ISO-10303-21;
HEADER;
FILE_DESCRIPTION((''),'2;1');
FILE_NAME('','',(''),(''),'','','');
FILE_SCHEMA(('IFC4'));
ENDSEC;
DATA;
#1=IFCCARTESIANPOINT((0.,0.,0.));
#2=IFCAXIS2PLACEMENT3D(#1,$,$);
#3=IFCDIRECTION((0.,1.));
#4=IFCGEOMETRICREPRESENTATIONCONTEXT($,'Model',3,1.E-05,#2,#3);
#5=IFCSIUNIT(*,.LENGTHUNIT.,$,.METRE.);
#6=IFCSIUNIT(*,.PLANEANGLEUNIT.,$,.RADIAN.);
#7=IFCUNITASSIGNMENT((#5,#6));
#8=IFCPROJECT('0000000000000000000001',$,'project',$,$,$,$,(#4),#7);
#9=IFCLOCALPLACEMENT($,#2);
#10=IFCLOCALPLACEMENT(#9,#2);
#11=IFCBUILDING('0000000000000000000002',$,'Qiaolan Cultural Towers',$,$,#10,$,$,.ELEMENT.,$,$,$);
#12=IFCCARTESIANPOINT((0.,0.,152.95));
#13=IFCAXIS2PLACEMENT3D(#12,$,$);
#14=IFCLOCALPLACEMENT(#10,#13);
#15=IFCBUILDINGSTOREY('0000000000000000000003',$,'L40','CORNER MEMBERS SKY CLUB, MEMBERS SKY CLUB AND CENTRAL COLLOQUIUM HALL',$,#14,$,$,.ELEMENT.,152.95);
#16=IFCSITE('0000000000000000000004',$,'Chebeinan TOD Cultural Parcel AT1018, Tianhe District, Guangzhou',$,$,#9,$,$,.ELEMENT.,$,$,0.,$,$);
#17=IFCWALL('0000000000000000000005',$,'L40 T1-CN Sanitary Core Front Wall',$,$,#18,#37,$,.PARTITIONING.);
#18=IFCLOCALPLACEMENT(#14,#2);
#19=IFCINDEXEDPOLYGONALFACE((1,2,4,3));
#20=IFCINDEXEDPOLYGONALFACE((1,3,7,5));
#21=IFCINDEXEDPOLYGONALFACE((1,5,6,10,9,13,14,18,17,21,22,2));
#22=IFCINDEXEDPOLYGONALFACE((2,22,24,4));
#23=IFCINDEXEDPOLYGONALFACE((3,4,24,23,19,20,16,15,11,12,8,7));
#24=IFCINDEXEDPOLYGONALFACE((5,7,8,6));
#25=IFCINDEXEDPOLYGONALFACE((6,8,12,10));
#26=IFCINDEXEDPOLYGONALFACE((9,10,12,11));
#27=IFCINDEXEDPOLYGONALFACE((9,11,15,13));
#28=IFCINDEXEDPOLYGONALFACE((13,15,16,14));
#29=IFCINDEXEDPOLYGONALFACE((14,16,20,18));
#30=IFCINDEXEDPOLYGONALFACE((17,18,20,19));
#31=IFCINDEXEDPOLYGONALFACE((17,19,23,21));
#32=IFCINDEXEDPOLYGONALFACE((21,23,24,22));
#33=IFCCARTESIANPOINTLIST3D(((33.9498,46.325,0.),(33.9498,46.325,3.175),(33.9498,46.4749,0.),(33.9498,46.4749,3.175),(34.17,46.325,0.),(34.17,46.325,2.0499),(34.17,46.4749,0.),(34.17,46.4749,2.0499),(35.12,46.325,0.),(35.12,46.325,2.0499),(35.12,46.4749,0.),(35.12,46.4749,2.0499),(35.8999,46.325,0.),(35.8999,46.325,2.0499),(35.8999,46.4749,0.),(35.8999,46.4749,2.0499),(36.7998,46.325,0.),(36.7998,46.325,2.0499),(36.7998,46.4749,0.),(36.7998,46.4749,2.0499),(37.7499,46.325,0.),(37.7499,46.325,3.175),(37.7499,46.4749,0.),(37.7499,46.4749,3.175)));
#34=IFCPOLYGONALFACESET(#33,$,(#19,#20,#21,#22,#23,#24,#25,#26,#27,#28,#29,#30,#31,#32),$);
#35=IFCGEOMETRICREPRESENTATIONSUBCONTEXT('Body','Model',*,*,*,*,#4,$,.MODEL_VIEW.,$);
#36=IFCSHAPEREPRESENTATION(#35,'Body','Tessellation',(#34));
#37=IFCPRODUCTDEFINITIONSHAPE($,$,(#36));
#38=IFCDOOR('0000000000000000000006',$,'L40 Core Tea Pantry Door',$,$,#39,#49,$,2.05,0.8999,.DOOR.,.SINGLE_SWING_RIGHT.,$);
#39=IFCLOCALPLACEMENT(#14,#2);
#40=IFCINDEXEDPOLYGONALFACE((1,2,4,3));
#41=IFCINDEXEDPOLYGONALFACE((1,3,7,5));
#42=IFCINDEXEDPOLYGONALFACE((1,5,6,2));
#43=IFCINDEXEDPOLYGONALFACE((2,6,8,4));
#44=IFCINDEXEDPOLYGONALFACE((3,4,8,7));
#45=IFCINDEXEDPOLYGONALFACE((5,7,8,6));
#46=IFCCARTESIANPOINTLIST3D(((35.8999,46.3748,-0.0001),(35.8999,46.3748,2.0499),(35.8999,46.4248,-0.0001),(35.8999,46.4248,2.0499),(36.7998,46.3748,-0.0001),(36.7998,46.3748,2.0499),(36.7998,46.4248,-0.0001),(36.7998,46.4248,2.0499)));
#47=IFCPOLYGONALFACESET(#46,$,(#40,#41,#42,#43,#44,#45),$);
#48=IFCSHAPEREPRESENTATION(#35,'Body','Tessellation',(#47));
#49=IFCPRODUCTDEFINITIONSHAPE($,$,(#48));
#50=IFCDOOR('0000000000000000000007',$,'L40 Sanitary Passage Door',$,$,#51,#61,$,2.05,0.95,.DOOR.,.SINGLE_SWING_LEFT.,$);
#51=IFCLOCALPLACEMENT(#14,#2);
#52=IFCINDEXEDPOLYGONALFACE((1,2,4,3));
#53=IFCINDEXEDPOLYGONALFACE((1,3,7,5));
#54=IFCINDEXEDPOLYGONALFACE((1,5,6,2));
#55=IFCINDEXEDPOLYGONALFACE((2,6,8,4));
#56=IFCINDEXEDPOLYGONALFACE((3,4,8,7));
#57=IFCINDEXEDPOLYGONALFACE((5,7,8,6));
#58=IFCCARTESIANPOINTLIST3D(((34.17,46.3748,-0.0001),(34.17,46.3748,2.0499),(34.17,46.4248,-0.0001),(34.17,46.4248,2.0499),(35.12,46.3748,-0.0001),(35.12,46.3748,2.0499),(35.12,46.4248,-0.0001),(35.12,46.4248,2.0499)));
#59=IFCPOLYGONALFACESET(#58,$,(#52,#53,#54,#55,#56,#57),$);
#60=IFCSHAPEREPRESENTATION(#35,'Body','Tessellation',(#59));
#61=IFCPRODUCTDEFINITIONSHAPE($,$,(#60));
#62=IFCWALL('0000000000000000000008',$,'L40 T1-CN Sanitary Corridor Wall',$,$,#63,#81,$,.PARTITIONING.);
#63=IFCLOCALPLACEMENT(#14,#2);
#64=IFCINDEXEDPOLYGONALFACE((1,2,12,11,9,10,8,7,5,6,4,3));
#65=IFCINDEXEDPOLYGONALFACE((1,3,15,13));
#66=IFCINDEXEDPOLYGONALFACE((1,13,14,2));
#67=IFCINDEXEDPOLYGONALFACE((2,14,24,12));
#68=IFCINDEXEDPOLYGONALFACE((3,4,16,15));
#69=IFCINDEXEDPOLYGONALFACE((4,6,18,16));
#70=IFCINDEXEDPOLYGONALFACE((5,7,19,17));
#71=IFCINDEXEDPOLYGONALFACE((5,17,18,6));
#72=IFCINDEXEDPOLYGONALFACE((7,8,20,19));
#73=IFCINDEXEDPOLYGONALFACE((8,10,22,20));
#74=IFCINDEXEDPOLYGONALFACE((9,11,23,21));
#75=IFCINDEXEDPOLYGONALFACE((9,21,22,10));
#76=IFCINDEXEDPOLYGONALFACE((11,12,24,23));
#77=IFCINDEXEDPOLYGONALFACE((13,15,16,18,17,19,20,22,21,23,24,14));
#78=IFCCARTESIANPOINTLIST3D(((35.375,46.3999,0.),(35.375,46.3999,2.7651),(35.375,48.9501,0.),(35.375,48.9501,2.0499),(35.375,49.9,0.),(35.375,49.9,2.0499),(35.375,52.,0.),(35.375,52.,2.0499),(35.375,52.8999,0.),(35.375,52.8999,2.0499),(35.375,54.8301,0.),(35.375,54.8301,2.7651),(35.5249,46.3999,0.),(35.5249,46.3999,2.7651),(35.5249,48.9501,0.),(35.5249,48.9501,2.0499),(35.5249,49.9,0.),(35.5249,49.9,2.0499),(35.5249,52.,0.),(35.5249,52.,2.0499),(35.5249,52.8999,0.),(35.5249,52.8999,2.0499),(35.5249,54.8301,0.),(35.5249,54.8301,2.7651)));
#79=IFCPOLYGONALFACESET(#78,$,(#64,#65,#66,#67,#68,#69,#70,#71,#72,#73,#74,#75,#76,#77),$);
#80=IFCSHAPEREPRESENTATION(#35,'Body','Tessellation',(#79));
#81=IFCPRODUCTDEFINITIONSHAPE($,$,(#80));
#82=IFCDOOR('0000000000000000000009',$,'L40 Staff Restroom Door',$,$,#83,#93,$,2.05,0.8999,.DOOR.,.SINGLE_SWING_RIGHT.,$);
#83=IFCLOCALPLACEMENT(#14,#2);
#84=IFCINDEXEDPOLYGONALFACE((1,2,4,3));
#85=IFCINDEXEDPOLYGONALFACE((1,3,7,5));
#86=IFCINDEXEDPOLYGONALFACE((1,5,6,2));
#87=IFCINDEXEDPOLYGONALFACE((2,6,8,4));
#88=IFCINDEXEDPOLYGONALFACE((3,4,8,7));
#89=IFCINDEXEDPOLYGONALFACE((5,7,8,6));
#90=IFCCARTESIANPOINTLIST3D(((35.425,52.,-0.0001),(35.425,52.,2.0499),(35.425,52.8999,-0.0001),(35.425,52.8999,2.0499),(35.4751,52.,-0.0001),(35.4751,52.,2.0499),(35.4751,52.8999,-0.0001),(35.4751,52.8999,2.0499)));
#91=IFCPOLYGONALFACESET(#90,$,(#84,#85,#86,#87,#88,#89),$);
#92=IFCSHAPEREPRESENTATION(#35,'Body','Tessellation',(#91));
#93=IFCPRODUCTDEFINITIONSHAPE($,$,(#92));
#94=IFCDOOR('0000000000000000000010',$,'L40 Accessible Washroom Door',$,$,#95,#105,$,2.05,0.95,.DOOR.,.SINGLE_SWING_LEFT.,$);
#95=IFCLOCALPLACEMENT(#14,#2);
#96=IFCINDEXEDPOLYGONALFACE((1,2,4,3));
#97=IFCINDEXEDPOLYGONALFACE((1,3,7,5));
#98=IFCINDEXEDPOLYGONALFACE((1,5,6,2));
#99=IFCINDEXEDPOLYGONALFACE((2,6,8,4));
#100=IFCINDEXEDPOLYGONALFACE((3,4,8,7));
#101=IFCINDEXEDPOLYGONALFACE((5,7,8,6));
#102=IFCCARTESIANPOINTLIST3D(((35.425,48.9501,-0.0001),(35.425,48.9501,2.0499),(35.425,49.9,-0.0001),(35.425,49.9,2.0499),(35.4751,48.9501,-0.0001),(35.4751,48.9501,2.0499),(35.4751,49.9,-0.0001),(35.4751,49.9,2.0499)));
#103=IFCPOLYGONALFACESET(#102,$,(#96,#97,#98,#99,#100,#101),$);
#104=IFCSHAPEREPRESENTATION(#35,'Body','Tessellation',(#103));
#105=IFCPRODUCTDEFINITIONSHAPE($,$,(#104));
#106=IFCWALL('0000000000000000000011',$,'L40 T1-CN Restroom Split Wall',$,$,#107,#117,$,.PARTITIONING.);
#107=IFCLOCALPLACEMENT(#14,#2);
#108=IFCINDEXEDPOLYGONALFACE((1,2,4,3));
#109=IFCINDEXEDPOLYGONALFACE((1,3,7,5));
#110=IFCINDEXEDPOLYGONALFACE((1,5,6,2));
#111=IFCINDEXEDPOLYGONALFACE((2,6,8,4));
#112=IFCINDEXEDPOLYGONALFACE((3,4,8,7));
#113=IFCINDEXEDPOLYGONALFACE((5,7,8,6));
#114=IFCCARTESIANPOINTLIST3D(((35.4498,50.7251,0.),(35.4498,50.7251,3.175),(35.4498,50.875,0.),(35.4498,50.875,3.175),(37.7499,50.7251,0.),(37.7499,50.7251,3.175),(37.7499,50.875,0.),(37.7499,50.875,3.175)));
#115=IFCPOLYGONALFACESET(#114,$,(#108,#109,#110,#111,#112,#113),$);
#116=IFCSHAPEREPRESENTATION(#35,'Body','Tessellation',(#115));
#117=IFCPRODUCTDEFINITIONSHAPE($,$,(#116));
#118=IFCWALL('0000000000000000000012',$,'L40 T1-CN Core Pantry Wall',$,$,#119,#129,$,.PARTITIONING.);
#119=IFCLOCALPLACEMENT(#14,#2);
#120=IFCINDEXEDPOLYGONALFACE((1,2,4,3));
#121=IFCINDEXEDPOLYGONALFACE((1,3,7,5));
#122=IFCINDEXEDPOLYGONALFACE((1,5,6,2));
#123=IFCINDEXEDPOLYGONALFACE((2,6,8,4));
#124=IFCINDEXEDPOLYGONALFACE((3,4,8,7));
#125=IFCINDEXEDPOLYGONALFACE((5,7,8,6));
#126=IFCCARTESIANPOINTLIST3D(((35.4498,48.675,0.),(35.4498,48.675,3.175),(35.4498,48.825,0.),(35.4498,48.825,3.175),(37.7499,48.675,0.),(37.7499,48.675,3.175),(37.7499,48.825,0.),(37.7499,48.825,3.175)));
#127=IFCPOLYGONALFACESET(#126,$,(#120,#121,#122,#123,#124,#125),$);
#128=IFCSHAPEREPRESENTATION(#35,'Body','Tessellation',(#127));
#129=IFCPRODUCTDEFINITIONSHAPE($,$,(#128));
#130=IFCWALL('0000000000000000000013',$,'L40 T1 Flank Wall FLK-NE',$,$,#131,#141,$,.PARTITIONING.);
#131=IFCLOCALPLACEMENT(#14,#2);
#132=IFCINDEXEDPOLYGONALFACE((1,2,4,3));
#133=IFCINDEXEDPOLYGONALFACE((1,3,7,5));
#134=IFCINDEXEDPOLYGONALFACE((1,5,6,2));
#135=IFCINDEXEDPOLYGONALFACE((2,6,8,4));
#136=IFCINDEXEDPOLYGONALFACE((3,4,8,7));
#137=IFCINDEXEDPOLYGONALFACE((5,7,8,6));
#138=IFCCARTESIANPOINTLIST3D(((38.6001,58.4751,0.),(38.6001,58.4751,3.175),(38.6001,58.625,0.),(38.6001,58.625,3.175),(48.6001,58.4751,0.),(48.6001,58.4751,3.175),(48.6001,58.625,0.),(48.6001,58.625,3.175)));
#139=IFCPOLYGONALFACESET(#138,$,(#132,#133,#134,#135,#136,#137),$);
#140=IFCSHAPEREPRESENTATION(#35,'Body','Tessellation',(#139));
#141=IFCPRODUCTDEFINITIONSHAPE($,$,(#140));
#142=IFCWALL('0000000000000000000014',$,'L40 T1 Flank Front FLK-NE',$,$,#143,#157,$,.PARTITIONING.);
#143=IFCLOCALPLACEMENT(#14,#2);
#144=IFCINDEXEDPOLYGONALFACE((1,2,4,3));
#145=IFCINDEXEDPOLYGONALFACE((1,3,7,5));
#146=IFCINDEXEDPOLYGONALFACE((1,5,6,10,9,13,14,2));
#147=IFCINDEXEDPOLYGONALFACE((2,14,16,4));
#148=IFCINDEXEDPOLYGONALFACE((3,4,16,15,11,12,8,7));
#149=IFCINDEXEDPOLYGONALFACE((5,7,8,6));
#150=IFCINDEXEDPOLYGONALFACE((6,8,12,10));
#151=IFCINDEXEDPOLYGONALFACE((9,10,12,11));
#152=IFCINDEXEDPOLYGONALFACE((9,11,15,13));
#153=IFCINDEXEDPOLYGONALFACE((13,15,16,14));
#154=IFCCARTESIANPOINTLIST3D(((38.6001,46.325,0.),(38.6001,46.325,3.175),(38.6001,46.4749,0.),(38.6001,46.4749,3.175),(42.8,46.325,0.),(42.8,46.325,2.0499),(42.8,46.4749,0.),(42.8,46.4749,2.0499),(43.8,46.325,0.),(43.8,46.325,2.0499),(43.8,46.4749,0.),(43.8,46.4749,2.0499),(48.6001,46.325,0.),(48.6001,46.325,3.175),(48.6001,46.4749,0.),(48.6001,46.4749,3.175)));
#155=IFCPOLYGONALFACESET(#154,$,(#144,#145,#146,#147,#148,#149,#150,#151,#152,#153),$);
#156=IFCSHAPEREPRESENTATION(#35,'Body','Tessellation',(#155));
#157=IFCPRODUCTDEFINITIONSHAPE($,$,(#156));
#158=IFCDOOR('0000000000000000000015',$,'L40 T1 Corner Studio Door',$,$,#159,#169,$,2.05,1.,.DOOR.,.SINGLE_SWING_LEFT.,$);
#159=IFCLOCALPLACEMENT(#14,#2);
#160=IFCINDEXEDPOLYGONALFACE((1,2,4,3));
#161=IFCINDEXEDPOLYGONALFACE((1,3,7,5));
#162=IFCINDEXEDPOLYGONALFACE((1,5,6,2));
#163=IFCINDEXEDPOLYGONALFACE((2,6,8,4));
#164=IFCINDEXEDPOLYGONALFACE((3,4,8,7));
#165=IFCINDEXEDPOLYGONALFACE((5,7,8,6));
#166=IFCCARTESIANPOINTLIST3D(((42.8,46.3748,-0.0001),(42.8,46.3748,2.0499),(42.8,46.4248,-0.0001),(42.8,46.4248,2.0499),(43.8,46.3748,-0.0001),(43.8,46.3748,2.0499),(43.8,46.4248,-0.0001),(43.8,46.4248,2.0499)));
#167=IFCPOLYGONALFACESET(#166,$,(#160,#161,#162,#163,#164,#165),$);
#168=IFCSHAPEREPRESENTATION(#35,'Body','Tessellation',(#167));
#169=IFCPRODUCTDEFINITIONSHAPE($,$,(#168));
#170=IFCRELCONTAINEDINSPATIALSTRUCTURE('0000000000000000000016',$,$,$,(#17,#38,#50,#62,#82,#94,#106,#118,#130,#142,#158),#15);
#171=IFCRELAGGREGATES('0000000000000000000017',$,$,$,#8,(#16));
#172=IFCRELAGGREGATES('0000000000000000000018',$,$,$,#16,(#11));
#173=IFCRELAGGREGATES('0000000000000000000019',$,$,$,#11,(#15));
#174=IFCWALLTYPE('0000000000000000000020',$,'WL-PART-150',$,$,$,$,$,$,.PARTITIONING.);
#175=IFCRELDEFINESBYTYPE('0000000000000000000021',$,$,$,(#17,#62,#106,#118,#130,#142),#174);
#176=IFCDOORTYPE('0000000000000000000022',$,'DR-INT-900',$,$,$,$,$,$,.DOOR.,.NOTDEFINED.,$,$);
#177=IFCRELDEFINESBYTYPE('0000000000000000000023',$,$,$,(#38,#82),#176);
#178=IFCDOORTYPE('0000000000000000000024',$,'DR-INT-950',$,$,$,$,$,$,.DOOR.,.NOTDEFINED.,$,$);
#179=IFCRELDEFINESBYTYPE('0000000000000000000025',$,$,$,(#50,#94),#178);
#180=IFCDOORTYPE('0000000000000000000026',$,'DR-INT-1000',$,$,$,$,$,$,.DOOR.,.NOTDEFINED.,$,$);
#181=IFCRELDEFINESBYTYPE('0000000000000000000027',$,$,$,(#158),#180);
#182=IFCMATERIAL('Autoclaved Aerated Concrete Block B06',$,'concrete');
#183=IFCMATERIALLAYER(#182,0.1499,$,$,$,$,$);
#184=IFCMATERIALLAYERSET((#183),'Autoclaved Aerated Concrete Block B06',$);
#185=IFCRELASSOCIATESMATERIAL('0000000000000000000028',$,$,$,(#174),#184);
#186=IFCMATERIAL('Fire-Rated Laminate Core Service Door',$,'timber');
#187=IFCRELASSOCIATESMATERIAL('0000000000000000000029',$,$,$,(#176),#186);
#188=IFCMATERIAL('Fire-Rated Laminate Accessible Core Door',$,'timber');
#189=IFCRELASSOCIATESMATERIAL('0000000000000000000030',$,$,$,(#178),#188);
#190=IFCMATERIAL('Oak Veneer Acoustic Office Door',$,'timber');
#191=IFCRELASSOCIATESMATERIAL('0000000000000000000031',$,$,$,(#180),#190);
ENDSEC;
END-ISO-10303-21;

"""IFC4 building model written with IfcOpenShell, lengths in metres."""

from ifc_helpers import new_model, si_unit, direction, frame, frame_2d, origin, place, context, subcontext, project, spatial, rectangle, extrude, material, layer, layer_set, type_object, element, fill, save


model = new_model("IFC4")

# Units and contexts
model_context = context("Model", 3, precision=1e-05, world=origin(), true_north=direction((0.0, 1.0)))
body_context = subcontext(model_context, "Body", "Model", "MODEL_VIEW")
ifc_project = project(units=[si_unit("LENGTHUNIT", "METRE"), si_unit("PLANEANGLEUNIT", "RADIAN")], contexts=[model_context])

# Site, building, storey
site_placement = place(None, origin())
site = spatial("IfcSite", under=ifc_project, at=site_placement, Name="Chebeinan TOD Cultural Parcel AT1018, Tianhe District, Guangzhou", CompositionType="ELEMENT", RefElevation=0.0)
building_placement = place(site_placement, origin())
building = spatial("IfcBuilding", under=site, at=building_placement, Name="Qiaolan Cultural Towers", CompositionType="ELEMENT")
storey_placement = place(building_placement, frame((0.0, 0.0, 152.95)))
storey = spatial("IfcBuildingStorey", under=building, at=storey_placement, Name="L40", Description="CORNER MEMBERS SKY CLUB, MEMBERS SKY CLUB AND CENTRAL COLLOQUIUM HALL", CompositionType="ELEMENT", Elevation=152.95)

# Walls, openings, doors
ifc_material_1 = material(Name="Autoclaved Aerated Concrete Block B06", Category="concrete")
ifc_layer_1 = layer(ifc_material_1, 0.1499)
ifc_layer_set_1 = layer_set([ifc_layer_1], Name="Autoclaved Aerated Concrete Block B06")
wall_type_1 = type_object("IfcWallType", Name="WL-PART-150", PredefinedType="PARTITIONING", material=ifc_layer_set_1)
wall_1_placement = place(storey_placement, frame((33.95, 46.3999, 0.0), z_axis=(0.0, 0.0, 1.0), x_axis=(1.0, 0.0, 0.0)))
wall_1 = element("IfcWall", 1, at=wall_1_placement, inside=storey, type_object=wall_type_1, Name="L40 T1-CN Sanitary Core Front Wall", PredefinedType="PARTITIONING", context=body_context, shape_type="SweptSolid", body=[
    extrude(rectangle(XDim=3.8, YDim=0.1499, at=frame_2d((1.8999, 0.0))), origin(), (0.0, 0.0, 1.0), 3.175),
])
opening_1_placement = place(wall_1_placement, frame((0.22, 0.0, 0.0)))
opening_1 = element("IfcOpeningElement", 2, at=opening_1_placement, cuts=wall_1, PredefinedType="OPENING", context=body_context, shape_type="SweptSolid", body=[
    extrude(rectangle(XDim=0.95, YDim=2.05, at=frame_2d((0.4751, 1.0249))), frame((0.0, 0.085, 0.0), z_axis=(0.0, -1.0, 0.0), x_axis=(1.0, 0.0, 0.0)), (0.0, 0.0, 1.0), 0.1699),
])
opening_2_placement = place(wall_1_placement, frame((1.95, 0.0, 0.0)))
opening_2 = element("IfcOpeningElement", 3, at=opening_2_placement, cuts=wall_1, PredefinedType="OPENING", context=body_context, shape_type="SweptSolid", body=[
    extrude(rectangle(XDim=0.8999, YDim=2.05, at=frame_2d((0.45, 1.0249))), frame((0.0, 0.085, 0.0), z_axis=(0.0, -1.0, 0.0), x_axis=(1.0, 0.0, 0.0)), (0.0, 0.0, 1.0), 0.1699),
])
ifc_material_2 = material(Name="Fire-Rated Laminate Core Service Door", Category="timber")
door_type_1 = type_object("IfcDoorType", Name="DR-INT-900", OperationType="NOTDEFINED", PredefinedType="DOOR", material=ifc_material_2)
door_1_placement = place(opening_2_placement, origin())
door_1 = element("IfcDoor", 4, at=door_1_placement, inside=storey, type_object=door_type_1, Name="L40 Core Tea Pantry Door", OperationType="SINGLE_SWING_RIGHT", OverallHeight=2.05, OverallWidth=0.8999, PredefinedType="DOOR", context=body_context, shape_type="SweptSolid", body=[
    extrude(rectangle(XDim=0.8999, YDim=2.05, at=frame_2d((0.45, 1.0249))), frame((0.0, 0.0249, 0.0), z_axis=(0.0, -1.0, 0.0), x_axis=(1.0, 0.0, 0.0)), (0.0, 0.0, 1.0), 0.05),
])
fill(opening_2, door_1)
ifc_material_3 = material(Name="Fire-Rated Laminate Accessible Core Door", Category="timber")
door_type_2 = type_object("IfcDoorType", Name="DR-INT-950", OperationType="NOTDEFINED", PredefinedType="DOOR", material=ifc_material_3)
door_2_placement = place(opening_1_placement, origin())
door_2 = element("IfcDoor", 5, at=door_2_placement, inside=storey, type_object=door_type_2, Name="L40 Sanitary Passage Door", OperationType="SINGLE_SWING_LEFT", OverallHeight=2.05, OverallWidth=0.95, PredefinedType="DOOR", context=body_context, shape_type="SweptSolid", body=[
    extrude(rectangle(XDim=0.95, YDim=2.05, at=frame_2d((0.4751, 1.0249))), frame((0.0, 0.0249, 0.0), z_axis=(0.0, -1.0, 0.0), x_axis=(1.0, 0.0, 0.0)), (0.0, 0.0, 1.0), 0.05),
])
fill(opening_1, door_2)
wall_2_placement = place(storey_placement, frame((35.45, 46.3999, 0.0), z_axis=(0.0, 0.0, 1.0), x_axis=(0.0, 1.0, 0.0)))
wall_2 = element("IfcWall", 6, at=wall_2_placement, inside=storey, type_object=wall_type_1, Name="L40 T1-CN Sanitary Corridor Wall", PredefinedType="PARTITIONING", context=body_context, shape_type="SweptSolid", body=[
    extrude(rectangle(XDim=8.4302, YDim=0.1499, at=frame_2d((4.2151, 0.0))), origin(), (0.0, 0.0, 1.0), 2.7651),
])
opening_3_placement = place(wall_2_placement, frame((2.55, 0.0, 0.0)))
opening_3 = element("IfcOpeningElement", 7, at=opening_3_placement, cuts=wall_2, PredefinedType="OPENING", context=body_context, shape_type="SweptSolid", body=[
    extrude(rectangle(XDim=0.95, YDim=2.05, at=frame_2d((0.4751, 1.0249))), frame((0.0, 0.085, 0.0), z_axis=(0.0, -1.0, 0.0), x_axis=(1.0, 0.0, 0.0)), (0.0, 0.0, 1.0), 0.1699),
])
opening_4_placement = place(wall_2_placement, frame((5.6001, 0.0, 0.0)))
opening_4 = element("IfcOpeningElement", 8, at=opening_4_placement, cuts=wall_2, PredefinedType="OPENING", context=body_context, shape_type="SweptSolid", body=[
    extrude(rectangle(XDim=0.8999, YDim=2.05, at=frame_2d((0.45, 1.0249))), frame((0.0, 0.085, 0.0), z_axis=(0.0, -1.0, 0.0), x_axis=(1.0, 0.0, 0.0)), (0.0, 0.0, 1.0), 0.1699),
])
door_3_placement = place(opening_4_placement, origin())
door_3 = element("IfcDoor", 9, at=door_3_placement, inside=storey, type_object=door_type_1, Name="L40 Staff Restroom Door", OperationType="SINGLE_SWING_RIGHT", OverallHeight=2.05, OverallWidth=0.8999, PredefinedType="DOOR", context=body_context, shape_type="SweptSolid", body=[
    extrude(rectangle(XDim=0.8999, YDim=2.05, at=frame_2d((0.45, 1.0249))), frame((0.0, 0.0249, 0.0), z_axis=(0.0, -1.0, 0.0), x_axis=(1.0, 0.0, 0.0)), (0.0, 0.0, 1.0), 0.05),
])
fill(opening_4, door_3)
door_4_placement = place(opening_3_placement, origin())
door_4 = element("IfcDoor", 10, at=door_4_placement, inside=storey, type_object=door_type_2, Name="L40 Accessible Washroom Door", OperationType="SINGLE_SWING_LEFT", OverallHeight=2.05, OverallWidth=0.95, PredefinedType="DOOR", context=body_context, shape_type="SweptSolid", body=[
    extrude(rectangle(XDim=0.95, YDim=2.05, at=frame_2d((0.4751, 1.0249))), frame((0.0, 0.0249, 0.0), z_axis=(0.0, -1.0, 0.0), x_axis=(1.0, 0.0, 0.0)), (0.0, 0.0, 1.0), 0.05),
])
fill(opening_3, door_4)

# Walls
for number, where, z_axis, x_axis, name in (
    (11, (35.45, 50.8, 0.0), (0.0, 0.0, 1.0), (1.0, 0.0, 0.0), "L40 T1-CN Restroom Split Wall"),
    (12, (35.45, 48.75, 0.0), (0.0, 0.0, 1.0), (1.0, 0.0, 0.0), "L40 T1-CN Core Pantry Wall"),
):
    element("IfcWall", number, at=place(storey_placement, frame(where, z_axis=z_axis, x_axis=x_axis)), inside=storey, type_object=wall_type_1, Name=name, PredefinedType="PARTITIONING", context=body_context, shape_type="SweptSolid", body=[
        extrude(rectangle(XDim=2.3, YDim=0.1499, at=frame_2d((1.1499, 0.0))), origin(), (0.0, 0.0, 1.0), 3.175),
    ])
wall_3_placement = place(storey_placement, frame((38.6001, 58.55, 0.0), z_axis=(0.0, 0.0, 1.0), x_axis=(1.0, 0.0, 0.0)))
element("IfcWall", 13, at=wall_3_placement, inside=storey, type_object=wall_type_1, Name="L40 T1 Flank Wall FLK-NE", PredefinedType="PARTITIONING", context=body_context, shape_type="SweptSolid", body=[
    extrude(rectangle(XDim=10.0, YDim=0.1499, at=frame_2d((5.0, 0.0))), origin(), (0.0, 0.0, 1.0), 3.175),
])

# Wall, opening, door
wall_4_placement = place(storey_placement, frame((38.6001, 46.3999, 0.0), z_axis=(0.0, 0.0, 1.0), x_axis=(1.0, 0.0, 0.0)))
wall_4 = element("IfcWall", 14, at=wall_4_placement, inside=storey, type_object=wall_type_1, Name="L40 T1 Flank Front FLK-NE", PredefinedType="PARTITIONING", context=body_context, shape_type="SweptSolid", body=[
    extrude(rectangle(XDim=10.0, YDim=0.1499, at=frame_2d((5.0, 0.0))), origin(), (0.0, 0.0, 1.0), 3.175),
])
opening_5_placement = place(wall_4_placement, frame((4.2, 0.0, 0.0)))
opening_5 = element("IfcOpeningElement", 15, at=opening_5_placement, cuts=wall_4, PredefinedType="OPENING", context=body_context, shape_type="SweptSolid", body=[
    extrude(rectangle(XDim=1.0, YDim=2.05, at=frame_2d((0.5, 1.0249))), frame((0.0, 0.085, 0.0), z_axis=(0.0, -1.0, 0.0), x_axis=(1.0, 0.0, 0.0)), (0.0, 0.0, 1.0), 0.1699),
])
ifc_material_4 = material(Name="Oak Veneer Acoustic Office Door", Category="timber")
door_type_3 = type_object("IfcDoorType", Name="DR-INT-1000", OperationType="NOTDEFINED", PredefinedType="DOOR", material=ifc_material_4)
door_5_placement = place(opening_5_placement, origin())
door_5 = element("IfcDoor", 16, at=door_5_placement, inside=storey, type_object=door_type_3, Name="L40 T1 Corner Studio Door", OperationType="SINGLE_SWING_LEFT", OverallHeight=2.05, OverallWidth=1.0, PredefinedType="DOOR", context=body_context, shape_type="SweptSolid", body=[
    extrude(rectangle(XDim=1.0, YDim=2.05, at=frame_2d((0.5, 1.0249))), frame((0.0, 0.0249, 0.0), z_axis=(0.0, -1.0, 0.0), x_axis=(1.0, 0.0, 0.0)), (0.0, 0.0, 1.0), 0.05),
])
fill(opening_5, door_5)

save(model, "model.ifc")
